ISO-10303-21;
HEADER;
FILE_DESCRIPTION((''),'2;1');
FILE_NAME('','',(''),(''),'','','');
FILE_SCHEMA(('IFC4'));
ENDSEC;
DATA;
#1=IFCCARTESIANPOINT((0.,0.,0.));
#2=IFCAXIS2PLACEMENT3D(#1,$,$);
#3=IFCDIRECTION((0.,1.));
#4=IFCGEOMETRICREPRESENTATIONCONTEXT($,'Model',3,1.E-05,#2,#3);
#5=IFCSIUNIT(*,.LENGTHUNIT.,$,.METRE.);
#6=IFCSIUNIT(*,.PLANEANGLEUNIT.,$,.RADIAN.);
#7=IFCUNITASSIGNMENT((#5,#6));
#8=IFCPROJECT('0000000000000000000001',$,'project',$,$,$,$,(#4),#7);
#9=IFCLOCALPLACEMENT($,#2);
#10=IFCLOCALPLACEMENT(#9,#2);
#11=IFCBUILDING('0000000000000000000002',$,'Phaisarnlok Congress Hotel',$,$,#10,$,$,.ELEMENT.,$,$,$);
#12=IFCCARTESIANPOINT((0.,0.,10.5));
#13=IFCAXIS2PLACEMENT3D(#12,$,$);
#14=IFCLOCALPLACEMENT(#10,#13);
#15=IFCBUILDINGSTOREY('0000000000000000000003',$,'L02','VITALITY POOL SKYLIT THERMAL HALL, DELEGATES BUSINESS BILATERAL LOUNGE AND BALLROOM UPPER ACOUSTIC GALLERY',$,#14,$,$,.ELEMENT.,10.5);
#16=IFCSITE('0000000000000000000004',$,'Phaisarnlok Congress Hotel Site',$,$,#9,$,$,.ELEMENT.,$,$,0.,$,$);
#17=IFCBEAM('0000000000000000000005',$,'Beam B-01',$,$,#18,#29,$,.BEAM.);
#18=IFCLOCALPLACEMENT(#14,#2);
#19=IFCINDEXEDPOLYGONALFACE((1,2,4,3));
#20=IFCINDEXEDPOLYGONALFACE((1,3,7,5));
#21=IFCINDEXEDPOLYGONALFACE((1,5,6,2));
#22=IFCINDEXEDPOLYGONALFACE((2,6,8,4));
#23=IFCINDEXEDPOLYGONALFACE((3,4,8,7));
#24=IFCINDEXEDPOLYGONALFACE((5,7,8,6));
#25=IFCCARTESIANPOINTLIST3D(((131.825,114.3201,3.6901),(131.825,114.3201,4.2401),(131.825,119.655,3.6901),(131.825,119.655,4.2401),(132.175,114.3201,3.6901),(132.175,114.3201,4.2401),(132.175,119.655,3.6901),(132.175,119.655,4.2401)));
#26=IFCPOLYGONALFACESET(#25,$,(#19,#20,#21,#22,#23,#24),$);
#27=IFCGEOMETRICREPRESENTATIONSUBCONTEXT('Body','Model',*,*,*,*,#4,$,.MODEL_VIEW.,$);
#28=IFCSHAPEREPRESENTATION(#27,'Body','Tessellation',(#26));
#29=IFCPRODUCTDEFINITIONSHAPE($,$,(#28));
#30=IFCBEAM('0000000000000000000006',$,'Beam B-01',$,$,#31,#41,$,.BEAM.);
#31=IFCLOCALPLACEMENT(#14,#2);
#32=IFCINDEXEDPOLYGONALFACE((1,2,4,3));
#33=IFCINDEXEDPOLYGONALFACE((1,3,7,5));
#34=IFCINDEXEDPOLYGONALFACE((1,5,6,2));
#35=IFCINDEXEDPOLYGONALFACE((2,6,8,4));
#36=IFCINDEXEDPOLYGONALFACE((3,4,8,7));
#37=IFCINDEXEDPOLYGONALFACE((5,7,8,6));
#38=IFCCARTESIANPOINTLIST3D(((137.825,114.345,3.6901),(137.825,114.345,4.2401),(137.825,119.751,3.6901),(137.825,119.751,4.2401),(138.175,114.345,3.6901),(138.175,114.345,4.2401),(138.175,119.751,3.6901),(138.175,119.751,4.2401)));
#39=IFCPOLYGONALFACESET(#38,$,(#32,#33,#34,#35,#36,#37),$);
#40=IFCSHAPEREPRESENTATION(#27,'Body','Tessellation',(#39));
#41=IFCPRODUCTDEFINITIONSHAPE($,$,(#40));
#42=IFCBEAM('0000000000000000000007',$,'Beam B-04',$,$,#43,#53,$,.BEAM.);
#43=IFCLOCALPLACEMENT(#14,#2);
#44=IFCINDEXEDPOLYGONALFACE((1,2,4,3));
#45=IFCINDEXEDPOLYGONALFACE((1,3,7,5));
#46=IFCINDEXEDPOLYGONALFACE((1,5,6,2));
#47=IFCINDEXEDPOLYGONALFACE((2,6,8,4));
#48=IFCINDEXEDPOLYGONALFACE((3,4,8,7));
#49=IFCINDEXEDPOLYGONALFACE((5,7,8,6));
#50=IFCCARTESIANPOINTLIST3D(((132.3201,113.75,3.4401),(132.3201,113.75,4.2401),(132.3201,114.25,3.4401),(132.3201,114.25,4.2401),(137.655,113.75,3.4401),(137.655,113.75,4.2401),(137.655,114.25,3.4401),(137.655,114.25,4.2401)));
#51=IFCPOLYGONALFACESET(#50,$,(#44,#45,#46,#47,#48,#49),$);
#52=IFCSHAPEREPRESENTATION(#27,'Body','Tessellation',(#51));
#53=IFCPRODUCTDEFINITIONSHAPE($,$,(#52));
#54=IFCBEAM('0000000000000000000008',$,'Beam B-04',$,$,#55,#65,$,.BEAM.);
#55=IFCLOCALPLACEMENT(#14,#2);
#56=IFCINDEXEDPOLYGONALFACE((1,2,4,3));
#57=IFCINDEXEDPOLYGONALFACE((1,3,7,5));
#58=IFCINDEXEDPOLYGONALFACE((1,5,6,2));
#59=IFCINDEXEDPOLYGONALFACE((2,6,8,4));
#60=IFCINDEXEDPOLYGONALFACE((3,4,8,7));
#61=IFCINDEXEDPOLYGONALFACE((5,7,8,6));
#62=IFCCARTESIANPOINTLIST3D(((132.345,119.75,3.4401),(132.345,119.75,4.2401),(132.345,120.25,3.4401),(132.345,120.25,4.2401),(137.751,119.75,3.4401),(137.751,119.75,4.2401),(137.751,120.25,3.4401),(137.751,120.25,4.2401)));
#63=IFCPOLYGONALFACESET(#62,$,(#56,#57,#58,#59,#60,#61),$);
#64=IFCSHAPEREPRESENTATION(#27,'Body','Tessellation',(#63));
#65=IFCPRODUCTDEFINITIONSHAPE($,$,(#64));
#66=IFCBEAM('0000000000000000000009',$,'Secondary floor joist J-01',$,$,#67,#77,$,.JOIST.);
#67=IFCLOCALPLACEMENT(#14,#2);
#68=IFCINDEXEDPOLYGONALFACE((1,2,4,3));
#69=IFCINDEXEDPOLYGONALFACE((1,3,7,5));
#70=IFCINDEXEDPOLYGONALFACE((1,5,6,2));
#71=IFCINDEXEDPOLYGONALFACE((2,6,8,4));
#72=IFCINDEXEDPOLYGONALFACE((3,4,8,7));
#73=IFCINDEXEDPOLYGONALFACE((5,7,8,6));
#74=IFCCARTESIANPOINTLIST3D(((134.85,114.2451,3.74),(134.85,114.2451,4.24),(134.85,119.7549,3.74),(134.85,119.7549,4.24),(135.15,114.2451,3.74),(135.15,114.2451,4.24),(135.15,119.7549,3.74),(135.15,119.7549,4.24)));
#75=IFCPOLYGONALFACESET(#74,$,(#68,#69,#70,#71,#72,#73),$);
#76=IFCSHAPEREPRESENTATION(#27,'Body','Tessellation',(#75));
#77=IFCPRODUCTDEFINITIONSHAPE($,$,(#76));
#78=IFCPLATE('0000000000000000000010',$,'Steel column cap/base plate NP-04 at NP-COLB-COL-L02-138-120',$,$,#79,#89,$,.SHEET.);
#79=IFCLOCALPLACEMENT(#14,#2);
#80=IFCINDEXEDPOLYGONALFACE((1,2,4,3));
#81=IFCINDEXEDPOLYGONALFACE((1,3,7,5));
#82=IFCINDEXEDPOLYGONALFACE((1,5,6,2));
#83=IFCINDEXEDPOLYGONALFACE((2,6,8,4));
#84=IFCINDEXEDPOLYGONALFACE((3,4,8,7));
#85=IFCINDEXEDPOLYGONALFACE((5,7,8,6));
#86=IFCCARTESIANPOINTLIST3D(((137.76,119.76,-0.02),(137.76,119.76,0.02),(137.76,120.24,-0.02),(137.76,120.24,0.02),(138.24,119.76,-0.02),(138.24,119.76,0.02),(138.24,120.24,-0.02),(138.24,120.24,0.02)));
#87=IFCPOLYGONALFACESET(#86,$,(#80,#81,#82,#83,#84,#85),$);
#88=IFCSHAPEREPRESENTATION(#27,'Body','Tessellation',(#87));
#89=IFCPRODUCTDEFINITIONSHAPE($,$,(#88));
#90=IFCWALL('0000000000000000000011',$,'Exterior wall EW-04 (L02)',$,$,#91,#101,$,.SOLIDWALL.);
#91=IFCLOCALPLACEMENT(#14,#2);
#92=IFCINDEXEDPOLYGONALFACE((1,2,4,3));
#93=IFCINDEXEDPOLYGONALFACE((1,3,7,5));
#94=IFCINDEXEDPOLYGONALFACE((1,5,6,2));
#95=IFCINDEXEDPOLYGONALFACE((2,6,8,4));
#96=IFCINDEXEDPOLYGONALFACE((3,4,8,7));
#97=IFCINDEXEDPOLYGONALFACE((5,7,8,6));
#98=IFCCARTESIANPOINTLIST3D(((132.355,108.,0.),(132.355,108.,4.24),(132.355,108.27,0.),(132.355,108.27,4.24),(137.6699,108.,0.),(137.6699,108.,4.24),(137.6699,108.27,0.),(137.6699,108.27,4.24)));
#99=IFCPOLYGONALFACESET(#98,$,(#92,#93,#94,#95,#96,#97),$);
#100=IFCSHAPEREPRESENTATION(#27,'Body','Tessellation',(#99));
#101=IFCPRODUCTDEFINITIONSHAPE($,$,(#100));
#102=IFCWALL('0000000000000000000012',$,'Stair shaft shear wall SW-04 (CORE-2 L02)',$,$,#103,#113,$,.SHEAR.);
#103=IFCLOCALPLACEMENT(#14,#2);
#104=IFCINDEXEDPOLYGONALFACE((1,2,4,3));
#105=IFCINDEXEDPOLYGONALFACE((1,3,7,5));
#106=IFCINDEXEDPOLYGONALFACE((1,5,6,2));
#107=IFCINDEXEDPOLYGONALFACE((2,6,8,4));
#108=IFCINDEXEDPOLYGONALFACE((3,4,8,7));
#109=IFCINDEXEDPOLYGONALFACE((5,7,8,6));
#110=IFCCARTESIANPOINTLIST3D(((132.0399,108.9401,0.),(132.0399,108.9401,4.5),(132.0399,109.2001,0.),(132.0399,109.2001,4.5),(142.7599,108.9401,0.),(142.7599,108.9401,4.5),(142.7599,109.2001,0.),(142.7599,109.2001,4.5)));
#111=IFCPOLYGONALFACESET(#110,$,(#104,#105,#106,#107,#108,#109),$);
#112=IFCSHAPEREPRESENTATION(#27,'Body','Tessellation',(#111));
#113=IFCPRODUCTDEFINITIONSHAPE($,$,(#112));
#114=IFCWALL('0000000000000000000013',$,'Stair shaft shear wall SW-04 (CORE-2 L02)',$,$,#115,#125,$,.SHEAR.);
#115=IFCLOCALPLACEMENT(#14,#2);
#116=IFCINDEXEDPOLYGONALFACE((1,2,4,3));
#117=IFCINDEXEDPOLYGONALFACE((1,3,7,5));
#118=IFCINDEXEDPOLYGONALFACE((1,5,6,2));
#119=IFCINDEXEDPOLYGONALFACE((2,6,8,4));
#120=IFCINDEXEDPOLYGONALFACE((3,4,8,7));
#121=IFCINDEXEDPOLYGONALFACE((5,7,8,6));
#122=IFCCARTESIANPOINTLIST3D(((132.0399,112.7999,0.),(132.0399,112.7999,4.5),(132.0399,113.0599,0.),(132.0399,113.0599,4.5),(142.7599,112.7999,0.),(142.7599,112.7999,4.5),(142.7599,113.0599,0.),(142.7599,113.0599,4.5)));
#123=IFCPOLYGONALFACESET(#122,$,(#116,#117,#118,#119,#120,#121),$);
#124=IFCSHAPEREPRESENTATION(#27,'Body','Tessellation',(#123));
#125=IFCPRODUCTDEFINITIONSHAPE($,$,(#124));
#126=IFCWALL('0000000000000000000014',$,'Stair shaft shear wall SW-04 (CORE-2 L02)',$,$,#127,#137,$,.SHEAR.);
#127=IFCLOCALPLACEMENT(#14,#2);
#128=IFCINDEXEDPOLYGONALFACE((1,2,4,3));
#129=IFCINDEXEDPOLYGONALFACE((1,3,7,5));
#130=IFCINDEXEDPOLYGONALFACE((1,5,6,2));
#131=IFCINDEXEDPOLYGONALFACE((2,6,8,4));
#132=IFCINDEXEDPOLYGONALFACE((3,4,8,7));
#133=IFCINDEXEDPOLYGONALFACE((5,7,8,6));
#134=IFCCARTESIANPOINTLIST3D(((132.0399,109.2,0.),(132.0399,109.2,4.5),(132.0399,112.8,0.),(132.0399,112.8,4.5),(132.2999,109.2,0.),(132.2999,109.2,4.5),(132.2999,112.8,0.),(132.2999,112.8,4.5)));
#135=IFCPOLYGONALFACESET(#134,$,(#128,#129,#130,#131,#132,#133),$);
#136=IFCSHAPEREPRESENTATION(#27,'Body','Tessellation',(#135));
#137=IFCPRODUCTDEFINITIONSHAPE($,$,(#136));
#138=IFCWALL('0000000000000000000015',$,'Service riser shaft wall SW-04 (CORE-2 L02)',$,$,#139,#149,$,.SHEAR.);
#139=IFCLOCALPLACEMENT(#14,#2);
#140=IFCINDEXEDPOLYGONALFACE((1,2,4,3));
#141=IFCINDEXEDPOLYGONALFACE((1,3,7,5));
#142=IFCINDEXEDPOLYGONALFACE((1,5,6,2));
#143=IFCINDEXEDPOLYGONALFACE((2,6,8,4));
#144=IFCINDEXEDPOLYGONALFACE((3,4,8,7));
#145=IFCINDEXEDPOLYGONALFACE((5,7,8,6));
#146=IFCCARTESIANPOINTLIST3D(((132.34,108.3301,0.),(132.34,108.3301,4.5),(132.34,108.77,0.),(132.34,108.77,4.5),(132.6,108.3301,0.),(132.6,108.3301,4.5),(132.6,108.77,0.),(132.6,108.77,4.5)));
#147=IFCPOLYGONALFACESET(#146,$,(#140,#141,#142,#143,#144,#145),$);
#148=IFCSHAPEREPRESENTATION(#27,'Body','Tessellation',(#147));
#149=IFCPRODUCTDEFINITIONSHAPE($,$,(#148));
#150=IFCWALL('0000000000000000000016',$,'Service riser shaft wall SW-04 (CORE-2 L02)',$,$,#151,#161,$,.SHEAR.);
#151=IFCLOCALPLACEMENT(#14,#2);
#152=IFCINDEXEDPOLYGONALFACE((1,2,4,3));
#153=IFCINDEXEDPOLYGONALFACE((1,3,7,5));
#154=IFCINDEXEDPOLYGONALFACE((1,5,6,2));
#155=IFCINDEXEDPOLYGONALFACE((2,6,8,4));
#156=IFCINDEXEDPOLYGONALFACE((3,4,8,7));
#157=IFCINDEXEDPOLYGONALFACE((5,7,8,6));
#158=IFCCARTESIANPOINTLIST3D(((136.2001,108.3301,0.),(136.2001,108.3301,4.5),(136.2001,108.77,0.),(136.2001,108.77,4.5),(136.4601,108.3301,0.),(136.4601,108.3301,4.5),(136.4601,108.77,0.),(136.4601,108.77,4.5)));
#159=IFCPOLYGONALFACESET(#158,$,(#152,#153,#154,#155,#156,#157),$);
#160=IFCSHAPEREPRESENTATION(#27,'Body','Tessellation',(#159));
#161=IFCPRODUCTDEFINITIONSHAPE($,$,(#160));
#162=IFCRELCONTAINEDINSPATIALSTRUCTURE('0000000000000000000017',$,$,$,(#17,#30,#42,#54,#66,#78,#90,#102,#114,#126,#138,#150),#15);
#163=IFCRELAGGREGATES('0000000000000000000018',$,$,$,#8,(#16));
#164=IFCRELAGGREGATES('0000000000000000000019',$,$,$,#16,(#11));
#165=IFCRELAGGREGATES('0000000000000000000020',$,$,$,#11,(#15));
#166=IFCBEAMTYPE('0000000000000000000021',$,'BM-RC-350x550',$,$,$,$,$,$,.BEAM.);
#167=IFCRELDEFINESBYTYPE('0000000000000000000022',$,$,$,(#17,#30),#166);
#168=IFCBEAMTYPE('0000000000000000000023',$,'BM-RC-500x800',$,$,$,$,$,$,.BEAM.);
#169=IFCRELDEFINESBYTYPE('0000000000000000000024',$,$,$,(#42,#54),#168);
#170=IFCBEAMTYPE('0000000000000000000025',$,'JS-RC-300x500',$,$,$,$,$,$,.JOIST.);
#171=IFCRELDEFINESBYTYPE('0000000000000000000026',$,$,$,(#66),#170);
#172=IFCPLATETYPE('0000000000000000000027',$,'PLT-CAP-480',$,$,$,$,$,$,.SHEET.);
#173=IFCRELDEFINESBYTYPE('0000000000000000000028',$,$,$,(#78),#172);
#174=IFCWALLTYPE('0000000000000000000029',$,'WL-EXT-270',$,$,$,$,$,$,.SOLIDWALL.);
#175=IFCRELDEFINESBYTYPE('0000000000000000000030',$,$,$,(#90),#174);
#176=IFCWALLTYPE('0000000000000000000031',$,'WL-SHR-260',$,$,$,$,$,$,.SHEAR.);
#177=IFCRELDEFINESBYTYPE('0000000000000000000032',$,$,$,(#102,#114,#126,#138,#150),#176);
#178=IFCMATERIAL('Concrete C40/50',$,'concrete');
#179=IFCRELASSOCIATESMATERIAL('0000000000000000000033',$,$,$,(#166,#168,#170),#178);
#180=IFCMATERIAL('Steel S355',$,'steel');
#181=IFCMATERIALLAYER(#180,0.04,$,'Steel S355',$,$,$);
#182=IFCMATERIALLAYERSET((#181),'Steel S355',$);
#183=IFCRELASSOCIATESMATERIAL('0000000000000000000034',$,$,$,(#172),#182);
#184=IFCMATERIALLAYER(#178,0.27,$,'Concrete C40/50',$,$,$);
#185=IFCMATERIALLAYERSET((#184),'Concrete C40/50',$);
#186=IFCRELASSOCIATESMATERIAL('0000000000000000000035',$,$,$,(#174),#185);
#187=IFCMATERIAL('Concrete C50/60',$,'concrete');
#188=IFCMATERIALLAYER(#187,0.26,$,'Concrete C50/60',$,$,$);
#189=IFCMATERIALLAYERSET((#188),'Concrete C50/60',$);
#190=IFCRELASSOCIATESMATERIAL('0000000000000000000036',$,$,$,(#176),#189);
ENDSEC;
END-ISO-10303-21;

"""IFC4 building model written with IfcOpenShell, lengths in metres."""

from ifc_helpers import new_model, si_unit, direction, frame, frame_2d, origin, origin_2d, place, context, subcontext, project, spatial, rectangle, extrude, material, layer, layer_set, material_profile, profile_set, type_object, element, save


model = new_model("IFC4")

# Units and contexts
model_context = context("Model", 3, precision=1e-05, world=origin(), true_north=direction((0.0, 1.0)))
body_context = subcontext(model_context, "Body", "Model", "MODEL_VIEW")
ifc_project = project(units=[si_unit("LENGTHUNIT", "METRE"), si_unit("PLANEANGLEUNIT", "RADIAN")], contexts=[model_context])

# Site, building, storey
site_placement = place(None, origin())
site = spatial("IfcSite", under=ifc_project, at=site_placement, Name="Phaisarnlok Congress Hotel Site", CompositionType="ELEMENT", RefElevation=0.0)
building_placement = place(site_placement, origin())
building = spatial("IfcBuilding", under=site, at=building_placement, Name="Phaisarnlok Congress Hotel", CompositionType="ELEMENT")
storey_placement = place(building_placement, frame((0.0, 0.0, 10.5)))
storey = spatial("IfcBuildingStorey", under=building, at=storey_placement, Name="L02", Description="VITALITY POOL SKYLIT THERMAL HALL, DELEGATES BUSINESS BILATERAL LOUNGE AND BALLROOM UPPER ACOUSTIC GALLERY", CompositionType="ELEMENT", Elevation=10.5)

# Shared definitions
ifc_material_1 = material(Name="Concrete C50/60", Category="concrete")
ifc_material_2 = material(Name="Steel S355", Category="steel")

# Beams
ifc_material_3 = material(Name="Concrete C40/50", Category="concrete")
ifc_material_profile_1 = material_profile(ifc_material_3, rectangle(XDim=0.3501, YDim=0.55, at=origin_2d()), Name="RC 350x550")
ifc_profile_set_1 = profile_set([ifc_material_profile_1], Name="Concrete C40/50")
beam_type_1 = type_object("IfcBeamType", Name="BM-RC-350x550", PredefinedType="BEAM", material=ifc_profile_set_1)
beam_1_placement = place(storey_placement, frame((132.0, 114.3201, 3.9651), z_axis=(0.0, 1.0, 0.0), x_axis=(-1.0, 0.0, 0.0)))
element("IfcBeam", 1, at=beam_1_placement, inside=storey, type_object=beam_type_1, Name="Beam B-01", PredefinedType="BEAM", context=body_context, shape_type="SweptSolid", body=[
    extrude(rectangle(XDim=0.3501, YDim=0.55, at=origin_2d()), origin(), (0.0, 0.0, 1.0), 5.335),
])
beam_2_placement = place(storey_placement, frame((138.0, 114.345, 3.9651), z_axis=(0.0, 1.0, 0.0), x_axis=(-1.0, 0.0, 0.0)))
element("IfcBeam", 2, at=beam_2_placement, inside=storey, type_object=beam_type_1, Name="Beam B-01", PredefinedType="BEAM", context=body_context, shape_type="SweptSolid", body=[
    extrude(rectangle(XDim=0.3501, YDim=0.55, at=origin_2d()), origin(), (0.0, 0.0, 1.0), 5.406),
])
ifc_material_profile_2 = material_profile(ifc_material_3, rectangle(XDim=0.5, YDim=0.8, at=origin_2d()), Name="RC 500x800")
ifc_profile_set_2 = profile_set([ifc_material_profile_2], Name="Concrete C40/50")
beam_type_2 = type_object("IfcBeamType", Name="BM-RC-500x800", PredefinedType="BEAM", material=ifc_profile_set_2)
beam_3_placement = place(storey_placement, frame((132.3201, 114.0, 3.8401), z_axis=(1.0, 0.0, 0.0), x_axis=(0.0, 1.0, 0.0)))
element("IfcBeam", 3, at=beam_3_placement, inside=storey, type_object=beam_type_2, Name="Beam B-04", PredefinedType="BEAM", context=body_context, shape_type="SweptSolid", body=[
    extrude(rectangle(XDim=0.5, YDim=0.8, at=origin_2d()), origin(), (0.0, 0.0, 1.0), 5.335),
])
beam_4_placement = place(storey_placement, frame((132.345, 120.0, 3.8401), z_axis=(1.0, 0.0, 0.0), x_axis=(0.0, 1.0, 0.0)))
element("IfcBeam", 4, at=beam_4_placement, inside=storey, type_object=beam_type_2, Name="Beam B-04", PredefinedType="BEAM", context=body_context, shape_type="SweptSolid", body=[
    extrude(rectangle(XDim=0.5, YDim=0.8, at=origin_2d()), origin(), (0.0, 0.0, 1.0), 5.406),
])
ifc_material_profile_3 = material_profile(ifc_material_3, rectangle(XDim=0.3, YDim=0.5, at=origin_2d()), Name="RC 300x500")
ifc_profile_set_3 = profile_set([ifc_material_profile_3], Name="Concrete C40/50")
beam_type_3 = type_object("IfcBeamType", Name="JS-RC-300x500", PredefinedType="JOIST", material=ifc_profile_set_3)
beam_5_placement = place(storey_placement, frame((135.0, 114.2451, 3.99), z_axis=(0.0, 1.0, 0.0), x_axis=(-1.0, 0.0, 0.0)))
element("IfcBeam", 5, at=beam_5_placement, inside=storey, type_object=beam_type_3, Name="Secondary floor joist J-01", PredefinedType="JOIST", context=body_context, shape_type="SweptSolid", body=[
    extrude(rectangle(XDim=0.3, YDim=0.5, at=origin_2d()), origin(), (0.0, 0.0, 1.0), 5.5098),
])

# Plate
ifc_layer_1 = layer(ifc_material_2, 0.04, Name="Steel S355")
ifc_layer_set_1 = layer_set([ifc_layer_1], Name="Steel S355")
plate_type = type_object("IfcPlateType", Name="PLT-CAP-480", PredefinedType="SHEET", material=ifc_layer_set_1)
plate_placement = place(storey_placement, frame((138.0, 120.0, -0.02), z_axis=(0.0, 0.0, 1.0), x_axis=(1.0, 0.0, 0.0)))
element("IfcPlate", 6, at=plate_placement, inside=storey, type_object=plate_type, Name="Steel column cap/base plate NP-04 at NP-COLB-COL-L02-138-120", PredefinedType="SHEET", context=body_context, shape_type="SweptSolid", body=[
    extrude(rectangle(XDim=0.48, YDim=0.48, at=origin_2d()), origin(), (0.0, 0.0, 1.0), 0.04),
])

# Walls
ifc_layer_2 = layer(ifc_material_3, 0.27, Name="Concrete C40/50")
ifc_layer_set_2 = layer_set([ifc_layer_2], Name="Concrete C40/50")
wall_type_1 = type_object("IfcWallType", Name="WL-EXT-270", PredefinedType="SOLIDWALL", material=ifc_layer_set_2)
wall_1_placement = place(storey_placement, frame((132.355, 108.135, 0.0), z_axis=(0.0, 0.0, 1.0), x_axis=(1.0, 0.0, 0.0)))
element("IfcWall", 7, at=wall_1_placement, inside=storey, type_object=wall_type_1, Name="Exterior wall EW-04 (L02)", PredefinedType="SOLIDWALL", context=body_context, shape_type="SweptSolid", body=[
    extrude(rectangle(XDim=5.3149, YDim=0.27, at=frame_2d((2.6575, 0.0))), origin(), (0.0, 0.0, 1.0), 4.24),
])
ifc_layer_3 = layer(ifc_material_1, 0.26, Name="Concrete C50/60")
ifc_layer_set_3 = layer_set([ifc_layer_3], Name="Concrete C50/60")
wall_type_2 = type_object("IfcWallType", Name="WL-SHR-260", PredefinedType="SHEAR", material=ifc_layer_set_3)
for number, where, z_axis, x_axis, name in (
    (8, (132.04, 109.0701, 0.0), (0.0, 0.0, 1.0), (1.0, 0.0, 0.0), "Stair shaft shear wall SW-04 (CORE-2 L02)"),
    (9, (132.04, 112.9299, 0.0), (0.0, 0.0, 1.0), (1.0, 0.0, 0.0), "Stair shaft shear wall SW-04 (CORE-2 L02)"),
):
    element("IfcWall", number, at=place(storey_placement, frame(where, z_axis=z_axis, x_axis=x_axis)), inside=storey, type_object=wall_type_2, Name=name, PredefinedType="SHEAR", context=body_context, shape_type="SweptSolid", body=[
        extrude(rectangle(XDim=10.72, YDim=0.26, at=frame_2d((5.3599, 0.0))), origin(), (0.0, 0.0, 1.0), 4.5),
    ])
wall_2_placement = place(storey_placement, frame((132.1699, 109.2, 0.0), z_axis=(0.0, 0.0, 1.0), x_axis=(0.0, 1.0, 0.0)))
element("IfcWall", 10, at=wall_2_placement, inside=storey, type_object=wall_type_2, Name="Stair shaft shear wall SW-04 (CORE-2 L02)", PredefinedType="SHEAR", context=body_context, shape_type="SweptSolid", body=[
    extrude(rectangle(XDim=3.6001, YDim=0.26, at=frame_2d((1.8, 0.0))), origin(), (0.0, 0.0, 1.0), 4.5),
])
for number, where, z_axis, x_axis, name in (
    (11, (132.47, 108.3301, 0.0), (0.0, 0.0, 1.0), (0.0, 1.0, 0.0), "Service riser shaft wall SW-04 (CORE-2 L02)"),
    (12, (136.3301, 108.3301, 0.0), (0.0, 0.0, 1.0), (0.0, 1.0, 0.0), "Service riser shaft wall SW-04 (CORE-2 L02)"),
):
    element("IfcWall", number, at=place(storey_placement, frame(where, z_axis=z_axis, x_axis=x_axis)), inside=storey, type_object=wall_type_2, Name=name, PredefinedType="SHEAR", context=body_context, shape_type="SweptSolid", body=[
        extrude(rectangle(XDim=0.4399, YDim=0.26, at=frame_2d((0.22, 0.0))), origin(), (0.0, 0.0, 1.0), 4.5),
    ])

save(model, "model.ifc")
